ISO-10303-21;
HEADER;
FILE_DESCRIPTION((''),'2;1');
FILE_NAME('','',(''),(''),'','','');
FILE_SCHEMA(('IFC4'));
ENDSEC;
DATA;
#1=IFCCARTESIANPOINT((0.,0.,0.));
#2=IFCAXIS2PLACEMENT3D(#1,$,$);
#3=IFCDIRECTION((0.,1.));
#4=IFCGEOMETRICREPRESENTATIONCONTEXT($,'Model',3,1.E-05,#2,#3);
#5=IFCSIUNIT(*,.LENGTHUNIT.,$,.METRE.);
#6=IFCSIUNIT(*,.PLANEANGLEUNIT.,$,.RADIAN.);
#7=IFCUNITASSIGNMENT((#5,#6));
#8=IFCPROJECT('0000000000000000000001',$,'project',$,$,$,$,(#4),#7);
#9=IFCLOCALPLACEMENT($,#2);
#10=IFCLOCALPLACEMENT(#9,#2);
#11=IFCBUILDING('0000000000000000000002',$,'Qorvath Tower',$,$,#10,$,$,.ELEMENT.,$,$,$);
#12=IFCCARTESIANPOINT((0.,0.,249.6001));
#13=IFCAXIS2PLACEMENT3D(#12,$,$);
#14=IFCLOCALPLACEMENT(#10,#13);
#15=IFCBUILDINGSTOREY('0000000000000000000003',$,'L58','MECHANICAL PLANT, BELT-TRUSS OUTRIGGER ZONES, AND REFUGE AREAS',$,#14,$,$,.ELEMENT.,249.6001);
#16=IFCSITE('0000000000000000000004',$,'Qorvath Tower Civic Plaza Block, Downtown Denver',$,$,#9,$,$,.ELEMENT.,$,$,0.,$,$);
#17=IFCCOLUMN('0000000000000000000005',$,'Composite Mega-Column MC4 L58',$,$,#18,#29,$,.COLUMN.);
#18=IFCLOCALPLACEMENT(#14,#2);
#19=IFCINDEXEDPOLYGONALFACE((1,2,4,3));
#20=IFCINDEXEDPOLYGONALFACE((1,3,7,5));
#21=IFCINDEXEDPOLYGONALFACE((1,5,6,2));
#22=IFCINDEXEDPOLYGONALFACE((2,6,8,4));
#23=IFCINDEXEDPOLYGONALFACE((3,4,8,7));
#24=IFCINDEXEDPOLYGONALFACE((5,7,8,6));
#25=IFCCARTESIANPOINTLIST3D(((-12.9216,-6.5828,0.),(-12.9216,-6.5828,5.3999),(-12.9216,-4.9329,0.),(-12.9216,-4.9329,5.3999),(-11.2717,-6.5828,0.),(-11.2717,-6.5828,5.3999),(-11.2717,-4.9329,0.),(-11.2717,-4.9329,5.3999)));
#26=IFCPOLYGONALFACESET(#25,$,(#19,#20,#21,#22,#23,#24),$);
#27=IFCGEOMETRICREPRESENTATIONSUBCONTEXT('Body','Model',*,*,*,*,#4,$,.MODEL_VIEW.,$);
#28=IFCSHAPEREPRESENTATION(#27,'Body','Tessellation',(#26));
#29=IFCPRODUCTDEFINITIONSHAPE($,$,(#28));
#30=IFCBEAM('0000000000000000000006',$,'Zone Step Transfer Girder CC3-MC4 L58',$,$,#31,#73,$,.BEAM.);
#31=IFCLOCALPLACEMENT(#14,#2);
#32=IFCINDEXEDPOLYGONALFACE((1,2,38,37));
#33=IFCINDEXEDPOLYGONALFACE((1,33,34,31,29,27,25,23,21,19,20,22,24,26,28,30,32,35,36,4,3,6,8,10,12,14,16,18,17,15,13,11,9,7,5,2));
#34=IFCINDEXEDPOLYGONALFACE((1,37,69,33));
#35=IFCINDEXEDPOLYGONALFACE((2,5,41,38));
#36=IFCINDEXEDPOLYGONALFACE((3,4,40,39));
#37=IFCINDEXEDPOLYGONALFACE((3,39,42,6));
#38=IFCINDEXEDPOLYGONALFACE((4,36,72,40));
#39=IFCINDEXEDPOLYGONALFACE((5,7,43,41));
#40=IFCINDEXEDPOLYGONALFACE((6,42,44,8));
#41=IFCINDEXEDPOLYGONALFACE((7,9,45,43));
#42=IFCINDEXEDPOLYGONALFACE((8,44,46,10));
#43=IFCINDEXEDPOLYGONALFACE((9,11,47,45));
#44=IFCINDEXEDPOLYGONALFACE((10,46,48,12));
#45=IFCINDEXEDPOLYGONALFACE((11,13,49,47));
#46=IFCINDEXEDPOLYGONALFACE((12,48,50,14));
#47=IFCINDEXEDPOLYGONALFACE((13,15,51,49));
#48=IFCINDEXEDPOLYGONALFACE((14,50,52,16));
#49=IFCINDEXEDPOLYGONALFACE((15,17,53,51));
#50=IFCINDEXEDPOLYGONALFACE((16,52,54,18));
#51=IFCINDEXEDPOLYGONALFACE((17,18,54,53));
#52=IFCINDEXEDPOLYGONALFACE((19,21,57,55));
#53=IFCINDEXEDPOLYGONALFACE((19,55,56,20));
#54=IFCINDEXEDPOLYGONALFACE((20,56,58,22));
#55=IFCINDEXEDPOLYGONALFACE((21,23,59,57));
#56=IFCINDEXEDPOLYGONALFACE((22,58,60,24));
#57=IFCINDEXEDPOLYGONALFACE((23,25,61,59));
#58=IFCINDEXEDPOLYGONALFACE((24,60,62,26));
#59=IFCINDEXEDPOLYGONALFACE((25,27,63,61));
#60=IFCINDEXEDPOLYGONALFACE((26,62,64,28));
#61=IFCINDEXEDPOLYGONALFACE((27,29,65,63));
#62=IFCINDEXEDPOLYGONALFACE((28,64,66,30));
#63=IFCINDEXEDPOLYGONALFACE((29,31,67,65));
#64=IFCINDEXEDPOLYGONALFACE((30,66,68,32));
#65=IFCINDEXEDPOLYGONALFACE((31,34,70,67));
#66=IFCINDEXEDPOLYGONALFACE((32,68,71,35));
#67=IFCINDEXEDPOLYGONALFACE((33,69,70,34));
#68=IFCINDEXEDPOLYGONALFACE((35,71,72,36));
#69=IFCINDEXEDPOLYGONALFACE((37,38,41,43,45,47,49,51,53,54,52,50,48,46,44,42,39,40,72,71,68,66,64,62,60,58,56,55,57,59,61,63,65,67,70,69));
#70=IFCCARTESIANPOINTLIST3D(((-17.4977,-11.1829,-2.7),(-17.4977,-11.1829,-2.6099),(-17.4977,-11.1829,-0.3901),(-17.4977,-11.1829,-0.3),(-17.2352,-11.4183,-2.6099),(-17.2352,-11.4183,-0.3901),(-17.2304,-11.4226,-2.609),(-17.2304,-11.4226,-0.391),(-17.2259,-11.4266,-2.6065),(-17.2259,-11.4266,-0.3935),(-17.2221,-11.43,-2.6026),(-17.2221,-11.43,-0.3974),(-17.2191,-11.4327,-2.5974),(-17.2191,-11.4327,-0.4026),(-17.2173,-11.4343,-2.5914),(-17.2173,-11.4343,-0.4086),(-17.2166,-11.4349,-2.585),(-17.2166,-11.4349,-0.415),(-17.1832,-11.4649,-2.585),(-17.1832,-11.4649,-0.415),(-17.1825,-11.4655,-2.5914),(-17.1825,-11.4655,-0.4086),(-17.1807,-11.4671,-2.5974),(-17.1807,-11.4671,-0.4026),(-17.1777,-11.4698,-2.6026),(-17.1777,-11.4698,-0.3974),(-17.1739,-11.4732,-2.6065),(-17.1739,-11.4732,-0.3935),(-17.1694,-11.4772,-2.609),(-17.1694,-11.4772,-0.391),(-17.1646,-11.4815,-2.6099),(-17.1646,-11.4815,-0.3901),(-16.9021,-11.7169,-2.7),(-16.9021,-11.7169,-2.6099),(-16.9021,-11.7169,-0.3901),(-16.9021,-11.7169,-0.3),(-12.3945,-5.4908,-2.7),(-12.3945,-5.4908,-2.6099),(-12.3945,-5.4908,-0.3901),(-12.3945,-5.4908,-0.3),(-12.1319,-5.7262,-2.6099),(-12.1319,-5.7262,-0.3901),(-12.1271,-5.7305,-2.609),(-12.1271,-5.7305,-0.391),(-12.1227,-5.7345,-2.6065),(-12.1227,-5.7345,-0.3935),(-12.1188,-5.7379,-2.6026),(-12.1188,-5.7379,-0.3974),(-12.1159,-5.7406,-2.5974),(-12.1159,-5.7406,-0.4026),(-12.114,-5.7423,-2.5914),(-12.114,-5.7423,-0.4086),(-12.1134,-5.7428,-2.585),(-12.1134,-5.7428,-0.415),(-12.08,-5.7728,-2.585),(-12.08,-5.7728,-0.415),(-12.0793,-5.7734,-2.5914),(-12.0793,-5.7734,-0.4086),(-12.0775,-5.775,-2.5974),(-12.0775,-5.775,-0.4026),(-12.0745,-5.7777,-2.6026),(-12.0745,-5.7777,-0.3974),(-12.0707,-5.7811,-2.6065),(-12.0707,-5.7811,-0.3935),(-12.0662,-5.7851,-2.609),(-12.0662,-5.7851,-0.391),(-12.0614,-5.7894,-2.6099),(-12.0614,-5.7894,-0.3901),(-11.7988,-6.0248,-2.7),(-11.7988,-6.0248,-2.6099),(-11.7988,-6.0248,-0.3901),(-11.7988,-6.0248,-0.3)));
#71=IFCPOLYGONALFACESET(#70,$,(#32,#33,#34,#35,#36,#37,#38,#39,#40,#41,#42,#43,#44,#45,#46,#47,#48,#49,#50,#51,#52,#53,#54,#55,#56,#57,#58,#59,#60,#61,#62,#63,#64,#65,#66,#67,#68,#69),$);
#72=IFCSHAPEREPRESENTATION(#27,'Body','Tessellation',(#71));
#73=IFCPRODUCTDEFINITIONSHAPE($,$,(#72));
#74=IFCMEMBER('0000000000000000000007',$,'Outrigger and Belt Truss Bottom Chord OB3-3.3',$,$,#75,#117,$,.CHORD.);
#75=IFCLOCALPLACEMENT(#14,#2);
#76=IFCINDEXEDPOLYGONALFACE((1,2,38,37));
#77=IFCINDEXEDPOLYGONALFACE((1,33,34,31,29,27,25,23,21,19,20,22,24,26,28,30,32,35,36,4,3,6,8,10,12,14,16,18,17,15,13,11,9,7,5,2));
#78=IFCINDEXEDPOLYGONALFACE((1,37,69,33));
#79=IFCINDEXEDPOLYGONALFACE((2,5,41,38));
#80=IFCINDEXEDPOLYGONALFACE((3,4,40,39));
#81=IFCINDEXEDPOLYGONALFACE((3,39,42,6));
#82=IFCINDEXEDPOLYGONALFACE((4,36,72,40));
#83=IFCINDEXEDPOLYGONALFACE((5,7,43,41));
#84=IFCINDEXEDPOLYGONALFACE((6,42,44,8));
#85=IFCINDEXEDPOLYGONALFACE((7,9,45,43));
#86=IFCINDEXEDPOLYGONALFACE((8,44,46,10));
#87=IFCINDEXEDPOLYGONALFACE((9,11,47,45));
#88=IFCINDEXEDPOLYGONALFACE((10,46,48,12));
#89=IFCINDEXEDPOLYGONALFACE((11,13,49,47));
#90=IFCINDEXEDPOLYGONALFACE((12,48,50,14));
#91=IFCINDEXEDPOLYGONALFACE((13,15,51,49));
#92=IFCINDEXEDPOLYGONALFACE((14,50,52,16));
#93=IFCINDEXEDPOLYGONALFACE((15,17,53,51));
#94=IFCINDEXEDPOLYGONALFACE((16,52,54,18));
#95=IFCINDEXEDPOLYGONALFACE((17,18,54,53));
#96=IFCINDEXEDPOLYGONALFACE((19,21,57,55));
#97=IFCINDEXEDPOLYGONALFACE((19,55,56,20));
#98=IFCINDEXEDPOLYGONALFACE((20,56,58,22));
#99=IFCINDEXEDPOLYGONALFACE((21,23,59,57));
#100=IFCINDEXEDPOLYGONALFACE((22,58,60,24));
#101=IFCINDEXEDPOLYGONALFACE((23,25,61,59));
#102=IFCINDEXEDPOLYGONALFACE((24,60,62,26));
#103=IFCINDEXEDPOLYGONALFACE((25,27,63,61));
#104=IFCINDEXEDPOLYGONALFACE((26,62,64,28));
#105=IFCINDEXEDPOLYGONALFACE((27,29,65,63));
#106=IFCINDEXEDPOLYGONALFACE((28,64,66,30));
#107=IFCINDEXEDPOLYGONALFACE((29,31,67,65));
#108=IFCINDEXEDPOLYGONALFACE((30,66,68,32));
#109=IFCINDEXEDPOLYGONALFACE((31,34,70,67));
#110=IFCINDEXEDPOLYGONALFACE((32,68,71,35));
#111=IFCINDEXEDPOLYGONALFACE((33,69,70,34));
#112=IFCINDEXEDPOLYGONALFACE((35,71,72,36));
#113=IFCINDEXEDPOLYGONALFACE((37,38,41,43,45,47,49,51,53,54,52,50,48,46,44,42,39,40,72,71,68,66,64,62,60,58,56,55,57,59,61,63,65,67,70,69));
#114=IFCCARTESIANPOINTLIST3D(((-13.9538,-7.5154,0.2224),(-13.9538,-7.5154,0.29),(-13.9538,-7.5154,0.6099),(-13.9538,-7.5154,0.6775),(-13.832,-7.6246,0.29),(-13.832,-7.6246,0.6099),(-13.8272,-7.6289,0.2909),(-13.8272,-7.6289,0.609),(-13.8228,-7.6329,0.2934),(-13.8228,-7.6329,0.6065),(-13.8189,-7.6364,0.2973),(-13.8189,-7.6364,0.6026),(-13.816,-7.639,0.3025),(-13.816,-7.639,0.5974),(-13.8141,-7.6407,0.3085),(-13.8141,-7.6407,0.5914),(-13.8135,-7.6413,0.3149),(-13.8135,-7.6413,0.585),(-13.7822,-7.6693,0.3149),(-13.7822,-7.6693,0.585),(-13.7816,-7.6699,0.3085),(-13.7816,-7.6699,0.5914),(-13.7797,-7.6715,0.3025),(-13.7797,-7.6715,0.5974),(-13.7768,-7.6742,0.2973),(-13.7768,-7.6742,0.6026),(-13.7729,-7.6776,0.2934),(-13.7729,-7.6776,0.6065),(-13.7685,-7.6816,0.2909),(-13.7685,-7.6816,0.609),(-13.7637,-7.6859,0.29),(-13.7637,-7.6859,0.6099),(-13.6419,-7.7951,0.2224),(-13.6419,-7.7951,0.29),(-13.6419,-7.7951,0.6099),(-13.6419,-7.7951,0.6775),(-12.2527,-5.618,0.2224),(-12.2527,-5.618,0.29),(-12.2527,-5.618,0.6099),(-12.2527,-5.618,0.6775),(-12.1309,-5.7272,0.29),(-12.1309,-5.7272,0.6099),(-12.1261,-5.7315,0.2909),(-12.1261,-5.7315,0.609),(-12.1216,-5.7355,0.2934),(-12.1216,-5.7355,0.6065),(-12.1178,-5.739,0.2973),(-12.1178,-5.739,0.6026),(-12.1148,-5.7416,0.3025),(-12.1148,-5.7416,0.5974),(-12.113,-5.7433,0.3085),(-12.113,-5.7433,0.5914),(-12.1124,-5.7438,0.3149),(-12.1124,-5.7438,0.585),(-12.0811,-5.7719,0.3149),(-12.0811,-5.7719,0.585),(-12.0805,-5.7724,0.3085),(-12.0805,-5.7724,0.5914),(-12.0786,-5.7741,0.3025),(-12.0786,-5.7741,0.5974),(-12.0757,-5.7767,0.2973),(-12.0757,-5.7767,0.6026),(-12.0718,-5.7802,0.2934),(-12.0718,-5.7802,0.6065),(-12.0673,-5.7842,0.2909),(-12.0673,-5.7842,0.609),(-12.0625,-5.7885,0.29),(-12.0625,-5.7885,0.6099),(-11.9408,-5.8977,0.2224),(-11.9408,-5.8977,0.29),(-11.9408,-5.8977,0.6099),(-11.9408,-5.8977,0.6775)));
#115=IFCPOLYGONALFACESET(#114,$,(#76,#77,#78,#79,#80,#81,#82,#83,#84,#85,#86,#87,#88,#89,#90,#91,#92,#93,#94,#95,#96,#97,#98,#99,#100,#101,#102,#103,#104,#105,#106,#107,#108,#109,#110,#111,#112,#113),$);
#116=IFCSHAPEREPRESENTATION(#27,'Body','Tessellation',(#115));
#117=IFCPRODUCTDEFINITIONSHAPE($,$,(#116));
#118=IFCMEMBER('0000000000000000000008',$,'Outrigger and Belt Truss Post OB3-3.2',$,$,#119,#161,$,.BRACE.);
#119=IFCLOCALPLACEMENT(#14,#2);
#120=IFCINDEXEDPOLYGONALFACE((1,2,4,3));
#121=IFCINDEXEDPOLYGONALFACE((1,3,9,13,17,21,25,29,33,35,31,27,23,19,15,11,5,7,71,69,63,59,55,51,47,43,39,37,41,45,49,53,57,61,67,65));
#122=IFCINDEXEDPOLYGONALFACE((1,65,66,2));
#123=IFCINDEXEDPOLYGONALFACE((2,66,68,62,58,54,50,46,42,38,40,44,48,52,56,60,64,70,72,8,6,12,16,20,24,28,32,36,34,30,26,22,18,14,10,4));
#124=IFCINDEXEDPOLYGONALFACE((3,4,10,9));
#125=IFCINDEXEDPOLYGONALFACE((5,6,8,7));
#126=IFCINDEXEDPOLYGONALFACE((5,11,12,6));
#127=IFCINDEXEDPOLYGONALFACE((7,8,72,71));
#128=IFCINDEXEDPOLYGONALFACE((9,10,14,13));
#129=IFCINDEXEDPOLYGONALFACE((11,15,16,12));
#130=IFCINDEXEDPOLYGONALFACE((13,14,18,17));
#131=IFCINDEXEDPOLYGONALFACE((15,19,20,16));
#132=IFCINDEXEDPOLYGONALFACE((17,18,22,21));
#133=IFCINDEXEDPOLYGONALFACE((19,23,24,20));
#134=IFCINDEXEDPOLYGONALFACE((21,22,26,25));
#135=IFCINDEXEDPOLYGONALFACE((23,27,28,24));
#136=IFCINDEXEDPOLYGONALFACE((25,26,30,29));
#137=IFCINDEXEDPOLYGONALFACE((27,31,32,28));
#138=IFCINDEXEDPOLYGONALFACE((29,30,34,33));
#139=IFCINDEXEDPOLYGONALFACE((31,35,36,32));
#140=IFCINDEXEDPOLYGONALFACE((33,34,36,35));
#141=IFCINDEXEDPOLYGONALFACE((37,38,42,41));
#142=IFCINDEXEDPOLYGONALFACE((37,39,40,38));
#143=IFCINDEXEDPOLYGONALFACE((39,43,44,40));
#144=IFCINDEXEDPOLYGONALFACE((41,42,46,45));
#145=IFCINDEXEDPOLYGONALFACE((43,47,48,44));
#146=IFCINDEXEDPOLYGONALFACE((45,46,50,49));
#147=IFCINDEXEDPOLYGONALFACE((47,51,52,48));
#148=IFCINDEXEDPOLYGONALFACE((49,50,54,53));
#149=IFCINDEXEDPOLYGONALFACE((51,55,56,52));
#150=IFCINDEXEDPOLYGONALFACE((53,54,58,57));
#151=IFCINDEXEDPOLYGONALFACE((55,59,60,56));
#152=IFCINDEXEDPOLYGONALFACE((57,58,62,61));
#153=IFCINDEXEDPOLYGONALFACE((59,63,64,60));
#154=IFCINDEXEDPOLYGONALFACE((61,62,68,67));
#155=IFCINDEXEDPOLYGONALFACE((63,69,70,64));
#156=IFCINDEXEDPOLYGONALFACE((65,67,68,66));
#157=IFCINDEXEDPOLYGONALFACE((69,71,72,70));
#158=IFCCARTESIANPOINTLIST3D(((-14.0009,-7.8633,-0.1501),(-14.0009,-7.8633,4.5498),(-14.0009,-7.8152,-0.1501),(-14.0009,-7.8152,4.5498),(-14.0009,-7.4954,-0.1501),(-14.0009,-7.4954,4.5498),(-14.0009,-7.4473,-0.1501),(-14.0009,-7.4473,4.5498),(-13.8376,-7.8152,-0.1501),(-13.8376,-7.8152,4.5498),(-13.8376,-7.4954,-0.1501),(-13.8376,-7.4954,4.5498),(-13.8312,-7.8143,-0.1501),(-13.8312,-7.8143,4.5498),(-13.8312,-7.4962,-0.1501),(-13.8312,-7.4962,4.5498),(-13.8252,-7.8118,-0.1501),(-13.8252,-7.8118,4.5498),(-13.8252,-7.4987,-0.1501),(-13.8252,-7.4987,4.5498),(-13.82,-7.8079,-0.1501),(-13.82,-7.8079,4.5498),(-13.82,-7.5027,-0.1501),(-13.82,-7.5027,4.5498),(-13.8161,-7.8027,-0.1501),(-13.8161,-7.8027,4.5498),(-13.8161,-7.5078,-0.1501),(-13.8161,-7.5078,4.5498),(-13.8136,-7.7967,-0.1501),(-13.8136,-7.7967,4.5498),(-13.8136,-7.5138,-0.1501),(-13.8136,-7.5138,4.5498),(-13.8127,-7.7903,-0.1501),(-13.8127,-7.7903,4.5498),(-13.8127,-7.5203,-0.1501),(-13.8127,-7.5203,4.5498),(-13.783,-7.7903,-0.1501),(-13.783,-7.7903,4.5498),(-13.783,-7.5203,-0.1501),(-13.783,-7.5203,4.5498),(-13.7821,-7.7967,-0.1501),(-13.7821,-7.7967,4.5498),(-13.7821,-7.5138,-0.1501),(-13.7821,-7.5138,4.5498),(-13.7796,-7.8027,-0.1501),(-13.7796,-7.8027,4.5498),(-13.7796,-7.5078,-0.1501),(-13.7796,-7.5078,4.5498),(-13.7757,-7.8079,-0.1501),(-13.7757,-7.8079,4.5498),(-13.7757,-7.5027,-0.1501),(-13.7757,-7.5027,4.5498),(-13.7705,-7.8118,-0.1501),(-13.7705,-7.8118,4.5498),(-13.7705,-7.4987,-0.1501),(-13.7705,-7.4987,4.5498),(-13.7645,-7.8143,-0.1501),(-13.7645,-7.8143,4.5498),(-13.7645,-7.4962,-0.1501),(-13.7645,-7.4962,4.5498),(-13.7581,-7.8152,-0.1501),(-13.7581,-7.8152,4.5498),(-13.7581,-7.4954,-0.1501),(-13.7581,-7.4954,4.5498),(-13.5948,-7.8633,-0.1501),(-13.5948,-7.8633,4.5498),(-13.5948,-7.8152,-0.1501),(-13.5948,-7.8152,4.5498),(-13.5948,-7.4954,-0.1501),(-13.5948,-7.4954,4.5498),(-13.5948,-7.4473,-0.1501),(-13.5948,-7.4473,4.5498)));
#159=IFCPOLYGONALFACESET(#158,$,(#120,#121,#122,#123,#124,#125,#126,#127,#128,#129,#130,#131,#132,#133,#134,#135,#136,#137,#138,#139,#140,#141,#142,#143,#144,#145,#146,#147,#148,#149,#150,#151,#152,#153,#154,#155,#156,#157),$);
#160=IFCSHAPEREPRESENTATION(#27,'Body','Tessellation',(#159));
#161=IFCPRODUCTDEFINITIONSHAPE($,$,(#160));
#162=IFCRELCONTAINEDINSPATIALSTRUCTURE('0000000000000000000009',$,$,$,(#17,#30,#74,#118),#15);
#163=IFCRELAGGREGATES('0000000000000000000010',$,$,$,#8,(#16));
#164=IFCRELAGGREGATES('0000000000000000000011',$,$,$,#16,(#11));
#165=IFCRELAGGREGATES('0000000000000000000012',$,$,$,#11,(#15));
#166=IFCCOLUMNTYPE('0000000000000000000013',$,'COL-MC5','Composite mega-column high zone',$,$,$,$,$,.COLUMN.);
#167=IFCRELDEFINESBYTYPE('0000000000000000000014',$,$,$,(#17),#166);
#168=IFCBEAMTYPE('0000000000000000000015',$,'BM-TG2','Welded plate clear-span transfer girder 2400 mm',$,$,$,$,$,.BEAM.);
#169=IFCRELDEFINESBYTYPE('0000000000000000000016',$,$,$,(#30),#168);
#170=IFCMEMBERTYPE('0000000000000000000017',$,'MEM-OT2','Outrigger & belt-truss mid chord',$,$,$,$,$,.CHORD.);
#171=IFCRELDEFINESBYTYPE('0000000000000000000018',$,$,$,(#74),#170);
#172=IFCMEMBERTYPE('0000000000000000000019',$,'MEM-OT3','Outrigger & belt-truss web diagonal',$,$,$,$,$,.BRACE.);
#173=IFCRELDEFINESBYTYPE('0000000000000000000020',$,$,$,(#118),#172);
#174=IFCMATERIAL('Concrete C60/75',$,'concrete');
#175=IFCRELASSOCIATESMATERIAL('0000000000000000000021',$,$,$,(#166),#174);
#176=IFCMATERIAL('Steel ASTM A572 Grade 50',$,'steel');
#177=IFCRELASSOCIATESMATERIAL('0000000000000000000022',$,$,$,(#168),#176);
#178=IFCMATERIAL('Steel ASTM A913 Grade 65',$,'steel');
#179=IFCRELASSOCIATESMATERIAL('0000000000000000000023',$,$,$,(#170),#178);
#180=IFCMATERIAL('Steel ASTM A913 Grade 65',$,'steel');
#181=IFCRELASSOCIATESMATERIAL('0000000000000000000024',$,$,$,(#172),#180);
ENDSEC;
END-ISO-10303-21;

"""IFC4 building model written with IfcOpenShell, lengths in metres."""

from ifc_helpers import new_model, si_unit, direction, frame, origin, origin_2d, place, context, subcontext, project, spatial, rectangle, i_section, extrude, material, material_profile, profile_set, type_object, element, save


model = new_model("IFC4")

# Units and contexts
model_context = context("Model", 3, precision=1e-05, world=origin(), true_north=direction((0.0, 1.0)))
body_context = subcontext(model_context, "Body", "Model", "MODEL_VIEW")
ifc_project = project(units=[si_unit("LENGTHUNIT", "METRE"), si_unit("PLANEANGLEUNIT", "RADIAN")], contexts=[model_context])

# Site, building, storey
site_placement = place(None, origin())
site = spatial("IfcSite", under=ifc_project, at=site_placement, Name="Qorvath Tower Civic Plaza Block, Downtown Denver", CompositionType="ELEMENT", RefElevation=0.0)
building_placement = place(site_placement, origin())
building = spatial("IfcBuilding", under=site, at=building_placement, Name="Qorvath Tower", CompositionType="ELEMENT")
storey_placement = place(building_placement, frame((0.0, 0.0, 249.6001)))
storey = spatial("IfcBuildingStorey", under=building, at=storey_placement, Name="L58", Description="MECHANICAL PLANT, BELT-TRUSS OUTRIGGER ZONES, AND REFUGE AREAS", CompositionType="ELEMENT", Elevation=249.6001)

# Column
ifc_material_1 = material(Name="Concrete C60/75", Category="concrete")
ifc_material_profile_1 = material_profile(ifc_material_1, rectangle(XDim=1.6499, YDim=1.6499, at=origin_2d()), Name="MC 1650x1650")
ifc_profile_set_1 = profile_set([ifc_material_profile_1], Name="Concrete C60/75")
column_type = type_object("IfcColumnType", Name="COL-MC5", Description="Composite mega-column high zone", PredefinedType="COLUMN", material=ifc_profile_set_1)
column_placement = place(storey_placement, frame((-12.0967, -5.7578, 0.0), z_axis=(0.0, 0.0, 1.0), x_axis=(1.0, 0.0, 0.0)))
element("IfcColumn", 1, at=column_placement, inside=storey, type_object=column_type, Name="Composite Mega-Column MC4 L58", PredefinedType="COLUMN", context=body_context, shape_type="SweptSolid", body=[
    extrude(rectangle(XDim=1.6499, YDim=1.6499, at=origin_2d()), origin(), (0.0, 0.0, 1.0), 5.3999),
])

# Beam
ifc_material_2 = material(Name="Steel ASTM A572 Grade 50", Category="steel")
ifc_material_profile_2 = material_profile(ifc_material_2, i_section(OverallWidth=0.8, OverallDepth=2.3999, WebThickness=0.0449, FlangeThickness=0.0901, FilletRadius=0.0249, at=origin_2d()), Name="WTG 2400x800")
ifc_profile_set_2 = profile_set([ifc_material_profile_2], Name="Steel ASTM A572 Grade 50")
beam_type = type_object("IfcBeamType", Name="BM-TG2", Description="Welded plate clear-span transfer girder 2400 mm", PredefinedType="BEAM", material=ifc_profile_set_2)
beam_placement = place(storey_placement, frame((-12.0967, -5.7578, -1.5), z_axis=(-0.667543, -0.744571, 0.0), x_axis=(0.744571, -0.667543, 0.0)))
element("IfcBeam", 2, at=beam_placement, inside=storey, type_object=beam_type, Name="Zone Step Transfer Girder CC3-MC4 L58", PredefinedType="BEAM", context=body_context, shape_type="SweptSolid", body=[
    extrude(i_section(OverallWidth=0.8, OverallDepth=2.3999, WebThickness=0.0449, FlangeThickness=0.0901, FilletRadius=0.0249, at=origin_2d()), origin(), (0.0, 0.0, 1.0), 7.6448),
])

# Members
ifc_material_3 = material(Name="Steel ASTM A913 Grade 65", Category="steel")
ifc_material_profile_3 = material_profile(ifc_material_3, i_section(OverallWidth=0.4189, OverallDepth=0.4551, WebThickness=0.042, FlangeThickness=0.0676, FilletRadius=0.0249, at=origin_2d()), Name="W14x370")
ifc_profile_set_3 = profile_set([ifc_material_profile_3], Name="Steel ASTM A913 Grade 65")
member_type_1 = type_object("IfcMemberType", Name="MEM-OT2", Description="Outrigger & belt-truss mid chord", PredefinedType="CHORD", material=ifc_profile_set_3)
member_1_placement = place(storey_placement, frame((-13.7979, -7.6553, 0.45), z_axis=(0.667545, 0.744569, 0.0), x_axis=(-0.744569, 0.667545, 0.0)))
element("IfcMember", 3, at=member_1_placement, inside=storey, type_object=member_type_1, Name="Outrigger and Belt Truss Bottom Chord OB3-3.3", PredefinedType="CHORD", context=body_context, shape_type="SweptSolid", body=[
    extrude(i_section(OverallWidth=0.4189, OverallDepth=0.4551, WebThickness=0.042, FlangeThickness=0.0676, FilletRadius=0.0249, at=origin_2d()), origin(), (0.0, 0.0, 1.0), 2.5483),
])
ifc_material_4 = material(Name="Steel ASTM A913 Grade 65", Category="steel")
ifc_material_profile_4 = material_profile(ifc_material_4, i_section(OverallWidth=0.406, OverallDepth=0.416, WebThickness=0.0298, FlangeThickness=0.0481, FilletRadius=0.0249, at=origin_2d()), Name="W14x257")
ifc_profile_set_4 = profile_set([ifc_material_profile_4], Name="Steel ASTM A913 Grade 65")
member_type_2 = type_object("IfcMemberType", Name="MEM-OT3", Description="Outrigger & belt-truss web diagonal", PredefinedType="BRACE", material=ifc_profile_set_4)
member_2_placement = place(storey_placement, frame((-13.7979, -7.6553, -0.1501), z_axis=(0.0, 0.0, 1.0), x_axis=(1.0, 0.0, 0.0)))
element("IfcMember", 4, at=member_2_placement, inside=storey, type_object=member_type_2, Name="Outrigger and Belt Truss Post OB3-3.2", PredefinedType="BRACE", context=body_context, shape_type="SweptSolid", body=[
    extrude(i_section(OverallWidth=0.406, OverallDepth=0.416, WebThickness=0.0298, FlangeThickness=0.0481, FilletRadius=0.0249, at=origin_2d()), origin(), (0.0, 0.0, 1.0), 4.7),
])

save(model, "model.ifc")
